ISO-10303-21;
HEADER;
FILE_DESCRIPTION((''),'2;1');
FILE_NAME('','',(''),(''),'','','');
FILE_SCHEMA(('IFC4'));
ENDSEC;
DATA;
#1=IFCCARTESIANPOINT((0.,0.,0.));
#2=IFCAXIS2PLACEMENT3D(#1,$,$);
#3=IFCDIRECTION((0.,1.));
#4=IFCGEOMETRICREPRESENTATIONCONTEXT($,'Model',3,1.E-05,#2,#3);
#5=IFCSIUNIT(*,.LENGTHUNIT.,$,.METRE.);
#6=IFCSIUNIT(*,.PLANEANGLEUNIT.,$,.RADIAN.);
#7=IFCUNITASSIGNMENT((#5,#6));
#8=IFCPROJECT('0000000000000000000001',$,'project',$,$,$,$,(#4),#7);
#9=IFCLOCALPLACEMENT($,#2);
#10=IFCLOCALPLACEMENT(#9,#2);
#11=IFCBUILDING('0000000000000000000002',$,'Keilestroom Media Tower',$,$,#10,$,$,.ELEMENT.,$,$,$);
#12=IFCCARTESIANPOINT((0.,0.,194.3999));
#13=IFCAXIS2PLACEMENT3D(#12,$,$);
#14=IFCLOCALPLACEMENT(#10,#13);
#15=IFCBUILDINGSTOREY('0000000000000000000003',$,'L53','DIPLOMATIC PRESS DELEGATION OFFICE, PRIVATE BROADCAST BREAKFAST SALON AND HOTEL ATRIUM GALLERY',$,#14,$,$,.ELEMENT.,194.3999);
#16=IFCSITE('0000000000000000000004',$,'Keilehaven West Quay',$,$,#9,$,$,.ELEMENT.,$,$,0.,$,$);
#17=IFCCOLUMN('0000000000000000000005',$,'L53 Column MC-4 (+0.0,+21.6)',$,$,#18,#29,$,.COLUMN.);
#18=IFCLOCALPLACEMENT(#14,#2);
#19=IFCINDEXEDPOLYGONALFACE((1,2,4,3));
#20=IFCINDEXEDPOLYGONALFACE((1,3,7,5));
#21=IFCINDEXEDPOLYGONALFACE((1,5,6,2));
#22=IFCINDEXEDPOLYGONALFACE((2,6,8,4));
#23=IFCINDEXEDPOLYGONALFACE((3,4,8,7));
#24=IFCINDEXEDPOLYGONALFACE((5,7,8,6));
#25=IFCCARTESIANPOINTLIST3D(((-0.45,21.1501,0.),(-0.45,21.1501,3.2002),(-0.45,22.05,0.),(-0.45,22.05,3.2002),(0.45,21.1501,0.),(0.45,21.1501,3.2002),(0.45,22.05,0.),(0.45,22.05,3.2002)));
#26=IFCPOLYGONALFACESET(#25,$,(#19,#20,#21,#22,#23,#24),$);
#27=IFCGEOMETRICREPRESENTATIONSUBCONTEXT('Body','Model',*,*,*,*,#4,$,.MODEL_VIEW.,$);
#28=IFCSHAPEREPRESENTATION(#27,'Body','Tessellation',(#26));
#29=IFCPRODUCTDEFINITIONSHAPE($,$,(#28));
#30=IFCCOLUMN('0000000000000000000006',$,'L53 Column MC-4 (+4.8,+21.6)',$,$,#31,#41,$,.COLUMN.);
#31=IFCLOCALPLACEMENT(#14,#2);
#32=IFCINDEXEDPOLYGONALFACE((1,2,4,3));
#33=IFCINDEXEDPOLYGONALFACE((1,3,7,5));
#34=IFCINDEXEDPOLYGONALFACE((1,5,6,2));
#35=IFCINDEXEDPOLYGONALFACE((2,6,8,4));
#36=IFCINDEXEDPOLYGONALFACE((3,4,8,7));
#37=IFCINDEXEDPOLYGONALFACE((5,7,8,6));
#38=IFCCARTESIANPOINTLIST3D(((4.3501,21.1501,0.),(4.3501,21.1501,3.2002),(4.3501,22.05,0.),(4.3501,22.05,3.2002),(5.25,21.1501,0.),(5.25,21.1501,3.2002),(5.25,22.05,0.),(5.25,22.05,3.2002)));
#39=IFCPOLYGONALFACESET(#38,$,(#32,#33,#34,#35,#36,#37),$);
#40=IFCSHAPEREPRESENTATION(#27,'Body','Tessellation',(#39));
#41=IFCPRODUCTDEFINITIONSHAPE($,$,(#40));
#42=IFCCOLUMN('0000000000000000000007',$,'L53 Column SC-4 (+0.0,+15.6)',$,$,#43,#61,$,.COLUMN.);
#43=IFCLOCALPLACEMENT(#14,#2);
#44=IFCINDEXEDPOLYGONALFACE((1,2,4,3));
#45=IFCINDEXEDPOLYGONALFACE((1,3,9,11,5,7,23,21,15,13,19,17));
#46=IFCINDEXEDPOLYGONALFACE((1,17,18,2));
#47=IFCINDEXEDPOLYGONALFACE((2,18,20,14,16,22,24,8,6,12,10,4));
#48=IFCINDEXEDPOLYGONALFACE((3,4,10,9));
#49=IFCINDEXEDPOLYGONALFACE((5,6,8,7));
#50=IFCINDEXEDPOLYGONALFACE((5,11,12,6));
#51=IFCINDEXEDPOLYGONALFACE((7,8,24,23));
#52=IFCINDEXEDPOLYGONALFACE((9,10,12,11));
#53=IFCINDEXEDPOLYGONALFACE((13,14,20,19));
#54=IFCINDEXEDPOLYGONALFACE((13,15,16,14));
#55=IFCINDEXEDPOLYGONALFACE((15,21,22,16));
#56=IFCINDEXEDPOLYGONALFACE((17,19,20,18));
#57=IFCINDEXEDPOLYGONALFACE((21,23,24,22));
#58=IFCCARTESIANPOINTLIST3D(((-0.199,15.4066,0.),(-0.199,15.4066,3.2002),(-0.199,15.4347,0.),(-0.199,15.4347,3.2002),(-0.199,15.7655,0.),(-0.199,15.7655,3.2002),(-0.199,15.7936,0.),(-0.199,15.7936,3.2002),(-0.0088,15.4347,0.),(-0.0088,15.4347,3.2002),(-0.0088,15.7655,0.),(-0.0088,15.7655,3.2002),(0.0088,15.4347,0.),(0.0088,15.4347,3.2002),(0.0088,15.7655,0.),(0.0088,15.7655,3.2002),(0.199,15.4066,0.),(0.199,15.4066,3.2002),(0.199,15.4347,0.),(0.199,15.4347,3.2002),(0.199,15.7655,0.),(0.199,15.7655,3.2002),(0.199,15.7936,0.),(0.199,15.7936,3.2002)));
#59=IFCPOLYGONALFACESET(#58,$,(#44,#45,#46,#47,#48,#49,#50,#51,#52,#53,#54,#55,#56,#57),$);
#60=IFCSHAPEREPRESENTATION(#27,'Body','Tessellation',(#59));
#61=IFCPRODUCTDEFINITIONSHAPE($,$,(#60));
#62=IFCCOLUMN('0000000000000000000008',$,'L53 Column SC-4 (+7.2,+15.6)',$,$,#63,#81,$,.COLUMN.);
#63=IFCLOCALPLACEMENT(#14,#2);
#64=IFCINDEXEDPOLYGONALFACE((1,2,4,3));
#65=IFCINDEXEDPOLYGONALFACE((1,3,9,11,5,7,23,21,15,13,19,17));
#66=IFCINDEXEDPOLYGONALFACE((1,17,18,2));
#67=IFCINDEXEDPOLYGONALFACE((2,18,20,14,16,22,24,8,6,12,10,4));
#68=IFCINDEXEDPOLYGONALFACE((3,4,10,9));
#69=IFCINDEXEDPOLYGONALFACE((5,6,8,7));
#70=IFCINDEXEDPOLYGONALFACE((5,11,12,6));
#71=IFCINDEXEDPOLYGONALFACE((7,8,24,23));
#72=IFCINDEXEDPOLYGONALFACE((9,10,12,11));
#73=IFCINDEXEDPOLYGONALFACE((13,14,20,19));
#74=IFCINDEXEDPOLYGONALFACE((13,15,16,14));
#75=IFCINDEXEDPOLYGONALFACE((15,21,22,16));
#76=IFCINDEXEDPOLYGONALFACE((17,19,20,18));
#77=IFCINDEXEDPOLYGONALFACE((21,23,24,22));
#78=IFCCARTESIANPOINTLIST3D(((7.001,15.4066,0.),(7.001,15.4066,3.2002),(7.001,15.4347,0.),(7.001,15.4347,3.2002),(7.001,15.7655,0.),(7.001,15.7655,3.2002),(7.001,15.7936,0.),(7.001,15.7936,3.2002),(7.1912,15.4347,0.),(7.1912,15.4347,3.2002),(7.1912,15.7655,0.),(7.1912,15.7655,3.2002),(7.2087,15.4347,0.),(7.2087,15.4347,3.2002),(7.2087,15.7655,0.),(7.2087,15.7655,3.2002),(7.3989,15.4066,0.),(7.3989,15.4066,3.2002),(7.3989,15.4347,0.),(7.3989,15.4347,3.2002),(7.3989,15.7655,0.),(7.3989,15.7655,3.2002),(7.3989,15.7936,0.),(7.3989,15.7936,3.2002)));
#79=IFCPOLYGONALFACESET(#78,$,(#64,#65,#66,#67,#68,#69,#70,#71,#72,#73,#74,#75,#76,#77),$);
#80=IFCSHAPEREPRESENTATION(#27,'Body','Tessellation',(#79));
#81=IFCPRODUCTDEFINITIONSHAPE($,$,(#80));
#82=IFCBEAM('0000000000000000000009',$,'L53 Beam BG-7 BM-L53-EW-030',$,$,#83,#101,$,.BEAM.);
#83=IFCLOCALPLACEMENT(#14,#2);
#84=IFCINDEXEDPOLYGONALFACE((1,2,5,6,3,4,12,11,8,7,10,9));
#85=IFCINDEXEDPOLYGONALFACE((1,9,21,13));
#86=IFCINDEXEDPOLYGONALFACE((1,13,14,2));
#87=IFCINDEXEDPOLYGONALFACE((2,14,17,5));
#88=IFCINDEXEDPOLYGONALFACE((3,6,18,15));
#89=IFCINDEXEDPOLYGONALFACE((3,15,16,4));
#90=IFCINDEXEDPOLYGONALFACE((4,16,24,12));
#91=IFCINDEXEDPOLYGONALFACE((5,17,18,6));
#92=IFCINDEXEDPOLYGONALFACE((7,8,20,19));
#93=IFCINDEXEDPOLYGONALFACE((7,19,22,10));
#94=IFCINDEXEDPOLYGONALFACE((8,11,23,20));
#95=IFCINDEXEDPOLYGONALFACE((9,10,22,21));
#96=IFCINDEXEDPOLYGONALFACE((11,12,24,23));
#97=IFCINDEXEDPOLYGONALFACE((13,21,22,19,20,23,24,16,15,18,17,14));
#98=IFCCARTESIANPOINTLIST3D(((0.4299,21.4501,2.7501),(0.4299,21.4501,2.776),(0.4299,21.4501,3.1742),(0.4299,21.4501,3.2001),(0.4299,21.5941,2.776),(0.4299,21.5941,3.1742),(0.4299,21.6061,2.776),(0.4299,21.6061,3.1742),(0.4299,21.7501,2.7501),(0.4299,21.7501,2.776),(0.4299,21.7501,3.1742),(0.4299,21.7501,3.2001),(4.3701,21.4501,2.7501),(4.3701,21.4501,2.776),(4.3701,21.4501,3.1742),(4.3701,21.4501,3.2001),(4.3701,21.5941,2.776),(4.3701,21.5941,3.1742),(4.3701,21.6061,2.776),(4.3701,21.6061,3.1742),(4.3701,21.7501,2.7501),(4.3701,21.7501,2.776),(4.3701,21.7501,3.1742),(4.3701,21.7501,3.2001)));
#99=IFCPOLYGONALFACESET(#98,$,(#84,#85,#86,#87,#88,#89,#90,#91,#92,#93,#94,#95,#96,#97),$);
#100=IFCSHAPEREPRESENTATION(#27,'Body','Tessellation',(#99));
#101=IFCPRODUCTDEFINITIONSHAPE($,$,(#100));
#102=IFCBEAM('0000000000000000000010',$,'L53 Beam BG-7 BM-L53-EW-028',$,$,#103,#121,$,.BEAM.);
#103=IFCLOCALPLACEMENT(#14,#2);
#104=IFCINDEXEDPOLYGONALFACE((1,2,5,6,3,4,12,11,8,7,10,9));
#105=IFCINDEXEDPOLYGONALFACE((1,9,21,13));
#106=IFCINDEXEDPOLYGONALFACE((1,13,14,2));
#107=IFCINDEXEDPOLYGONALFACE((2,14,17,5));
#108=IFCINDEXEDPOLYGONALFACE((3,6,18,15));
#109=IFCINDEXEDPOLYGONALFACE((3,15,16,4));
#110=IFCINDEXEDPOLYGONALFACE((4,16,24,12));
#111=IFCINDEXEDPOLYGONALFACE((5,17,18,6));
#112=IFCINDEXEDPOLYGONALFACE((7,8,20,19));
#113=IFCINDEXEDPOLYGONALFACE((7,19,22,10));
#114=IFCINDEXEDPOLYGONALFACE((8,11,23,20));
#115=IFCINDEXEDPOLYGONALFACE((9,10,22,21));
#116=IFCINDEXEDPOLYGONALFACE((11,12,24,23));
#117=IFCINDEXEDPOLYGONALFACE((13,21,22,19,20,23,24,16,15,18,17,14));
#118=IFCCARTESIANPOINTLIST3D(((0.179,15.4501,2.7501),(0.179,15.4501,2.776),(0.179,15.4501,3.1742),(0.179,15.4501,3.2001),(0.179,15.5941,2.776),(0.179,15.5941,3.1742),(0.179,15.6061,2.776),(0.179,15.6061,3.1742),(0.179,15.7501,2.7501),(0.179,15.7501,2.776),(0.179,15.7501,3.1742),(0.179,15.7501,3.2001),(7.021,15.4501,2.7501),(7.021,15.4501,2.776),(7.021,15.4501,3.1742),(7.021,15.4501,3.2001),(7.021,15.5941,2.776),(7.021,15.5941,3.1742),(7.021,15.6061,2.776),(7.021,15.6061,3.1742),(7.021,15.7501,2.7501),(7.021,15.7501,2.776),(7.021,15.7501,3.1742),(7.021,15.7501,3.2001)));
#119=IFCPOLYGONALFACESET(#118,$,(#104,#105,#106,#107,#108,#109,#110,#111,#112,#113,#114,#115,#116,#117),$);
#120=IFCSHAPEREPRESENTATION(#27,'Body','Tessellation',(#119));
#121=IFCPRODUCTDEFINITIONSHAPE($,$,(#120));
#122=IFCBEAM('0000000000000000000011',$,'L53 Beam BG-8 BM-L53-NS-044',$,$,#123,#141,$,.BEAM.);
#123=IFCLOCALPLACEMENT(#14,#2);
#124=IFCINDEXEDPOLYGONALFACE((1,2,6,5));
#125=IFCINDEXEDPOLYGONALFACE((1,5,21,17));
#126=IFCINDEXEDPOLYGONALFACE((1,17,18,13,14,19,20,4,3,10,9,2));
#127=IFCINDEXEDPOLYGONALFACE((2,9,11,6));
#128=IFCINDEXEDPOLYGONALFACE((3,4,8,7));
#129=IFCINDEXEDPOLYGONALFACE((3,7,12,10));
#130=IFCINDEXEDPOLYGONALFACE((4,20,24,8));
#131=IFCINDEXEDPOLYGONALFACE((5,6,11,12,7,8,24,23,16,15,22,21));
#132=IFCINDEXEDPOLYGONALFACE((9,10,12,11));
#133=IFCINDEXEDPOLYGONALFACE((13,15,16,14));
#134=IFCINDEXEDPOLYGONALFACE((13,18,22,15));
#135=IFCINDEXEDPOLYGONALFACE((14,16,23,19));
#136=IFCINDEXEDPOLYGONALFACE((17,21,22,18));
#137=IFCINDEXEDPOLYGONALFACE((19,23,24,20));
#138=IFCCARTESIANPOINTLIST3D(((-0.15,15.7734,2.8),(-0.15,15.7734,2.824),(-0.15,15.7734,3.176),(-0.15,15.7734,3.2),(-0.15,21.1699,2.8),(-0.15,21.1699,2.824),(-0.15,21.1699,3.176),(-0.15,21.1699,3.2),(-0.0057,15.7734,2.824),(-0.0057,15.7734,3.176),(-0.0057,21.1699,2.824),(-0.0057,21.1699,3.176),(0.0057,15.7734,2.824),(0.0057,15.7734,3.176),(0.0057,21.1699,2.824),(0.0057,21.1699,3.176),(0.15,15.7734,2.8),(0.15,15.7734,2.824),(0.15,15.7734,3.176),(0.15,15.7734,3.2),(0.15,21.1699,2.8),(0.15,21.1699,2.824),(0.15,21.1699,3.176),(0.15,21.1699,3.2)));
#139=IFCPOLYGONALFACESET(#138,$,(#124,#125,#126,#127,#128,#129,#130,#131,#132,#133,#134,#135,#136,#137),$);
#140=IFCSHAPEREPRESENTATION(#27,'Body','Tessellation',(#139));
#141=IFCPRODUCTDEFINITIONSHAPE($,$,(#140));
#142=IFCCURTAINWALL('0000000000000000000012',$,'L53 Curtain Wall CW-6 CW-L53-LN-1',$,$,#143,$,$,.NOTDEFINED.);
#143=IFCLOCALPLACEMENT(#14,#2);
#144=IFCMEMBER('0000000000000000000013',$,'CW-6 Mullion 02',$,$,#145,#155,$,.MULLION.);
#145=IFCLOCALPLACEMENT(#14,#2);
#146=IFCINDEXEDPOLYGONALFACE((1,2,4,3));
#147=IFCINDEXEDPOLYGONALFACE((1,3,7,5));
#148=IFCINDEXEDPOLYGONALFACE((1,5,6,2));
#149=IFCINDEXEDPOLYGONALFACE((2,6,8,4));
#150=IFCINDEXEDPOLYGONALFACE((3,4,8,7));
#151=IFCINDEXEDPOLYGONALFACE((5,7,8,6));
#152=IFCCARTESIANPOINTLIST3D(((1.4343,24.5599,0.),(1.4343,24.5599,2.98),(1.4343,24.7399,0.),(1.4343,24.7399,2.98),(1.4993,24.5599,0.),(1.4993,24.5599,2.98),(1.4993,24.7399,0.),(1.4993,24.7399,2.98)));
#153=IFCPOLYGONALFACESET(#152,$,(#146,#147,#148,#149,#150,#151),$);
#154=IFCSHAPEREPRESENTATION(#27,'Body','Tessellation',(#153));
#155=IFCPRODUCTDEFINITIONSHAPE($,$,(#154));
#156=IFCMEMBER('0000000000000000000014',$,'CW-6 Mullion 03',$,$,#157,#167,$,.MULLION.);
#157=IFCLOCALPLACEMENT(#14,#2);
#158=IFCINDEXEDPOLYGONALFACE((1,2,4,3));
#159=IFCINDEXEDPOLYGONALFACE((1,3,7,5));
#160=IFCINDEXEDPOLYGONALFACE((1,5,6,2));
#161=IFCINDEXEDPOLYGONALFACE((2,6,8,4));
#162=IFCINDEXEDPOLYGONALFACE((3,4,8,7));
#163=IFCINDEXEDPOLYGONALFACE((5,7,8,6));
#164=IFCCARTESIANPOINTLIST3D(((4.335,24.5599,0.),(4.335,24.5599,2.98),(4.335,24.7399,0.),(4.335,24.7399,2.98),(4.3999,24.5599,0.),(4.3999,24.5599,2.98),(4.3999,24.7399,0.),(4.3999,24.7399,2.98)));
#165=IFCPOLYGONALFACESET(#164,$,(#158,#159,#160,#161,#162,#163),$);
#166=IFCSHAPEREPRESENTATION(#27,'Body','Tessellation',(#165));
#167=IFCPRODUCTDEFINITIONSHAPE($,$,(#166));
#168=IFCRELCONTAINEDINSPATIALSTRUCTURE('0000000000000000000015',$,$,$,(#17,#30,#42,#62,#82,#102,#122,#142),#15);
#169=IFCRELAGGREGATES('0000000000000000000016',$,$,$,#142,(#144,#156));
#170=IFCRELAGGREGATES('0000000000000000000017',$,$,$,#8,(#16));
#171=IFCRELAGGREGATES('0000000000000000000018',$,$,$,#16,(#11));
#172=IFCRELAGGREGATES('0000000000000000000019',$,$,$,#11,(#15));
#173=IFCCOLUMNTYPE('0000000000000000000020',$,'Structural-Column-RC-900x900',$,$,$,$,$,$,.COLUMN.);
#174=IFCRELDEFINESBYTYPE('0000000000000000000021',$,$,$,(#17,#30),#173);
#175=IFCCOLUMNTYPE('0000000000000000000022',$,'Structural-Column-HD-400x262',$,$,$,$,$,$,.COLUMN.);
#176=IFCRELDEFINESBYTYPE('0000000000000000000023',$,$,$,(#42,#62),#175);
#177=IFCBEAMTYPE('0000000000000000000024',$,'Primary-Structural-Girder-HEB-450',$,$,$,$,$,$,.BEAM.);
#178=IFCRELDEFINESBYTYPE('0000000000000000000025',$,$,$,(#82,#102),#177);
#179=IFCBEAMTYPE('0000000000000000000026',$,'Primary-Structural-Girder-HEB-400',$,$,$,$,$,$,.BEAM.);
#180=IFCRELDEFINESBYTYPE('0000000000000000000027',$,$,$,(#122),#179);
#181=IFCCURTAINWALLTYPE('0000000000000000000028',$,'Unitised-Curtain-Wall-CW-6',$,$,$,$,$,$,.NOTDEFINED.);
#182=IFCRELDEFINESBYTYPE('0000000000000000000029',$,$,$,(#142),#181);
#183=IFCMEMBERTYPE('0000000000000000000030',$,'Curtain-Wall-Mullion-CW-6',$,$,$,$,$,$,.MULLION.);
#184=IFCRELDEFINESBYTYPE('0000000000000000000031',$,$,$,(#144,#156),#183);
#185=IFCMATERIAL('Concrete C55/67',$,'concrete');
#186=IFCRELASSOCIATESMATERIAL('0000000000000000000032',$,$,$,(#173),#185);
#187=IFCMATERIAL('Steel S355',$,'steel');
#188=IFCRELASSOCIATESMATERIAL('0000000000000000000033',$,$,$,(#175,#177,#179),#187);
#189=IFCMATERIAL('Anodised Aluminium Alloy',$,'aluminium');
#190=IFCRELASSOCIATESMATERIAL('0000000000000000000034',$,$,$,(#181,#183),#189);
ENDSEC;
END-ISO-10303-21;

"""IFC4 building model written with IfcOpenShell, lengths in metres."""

from ifc_helpers import new_model, si_unit, direction, frame, origin, origin_2d, place, context, subcontext, project, spatial, rectangle, i_section, extrude, source, transform, mapped, material, material_profile, profile_set, type_object, element, aggregate, save


model = new_model("IFC4")

# Units and contexts
model_context = context("Model", 3, precision=1e-05, world=origin(), true_north=direction((0.0, 1.0)))
body_context = subcontext(model_context, "Body", "Model", "MODEL_VIEW")
ifc_project = project(units=[si_unit("LENGTHUNIT", "METRE"), si_unit("PLANEANGLEUNIT", "RADIAN")], contexts=[model_context])

# Site, building, storey
site_placement = place(None, origin())
site = spatial("IfcSite", under=ifc_project, at=site_placement, Name="Keilehaven West Quay", CompositionType="ELEMENT", RefElevation=0.0)
building_placement = place(site_placement, origin())
building = spatial("IfcBuilding", under=site, at=building_placement, Name="Keilestroom Media Tower", CompositionType="ELEMENT")
storey_placement = place(building_placement, frame((0.0, 0.0, 194.3999)))
storey = spatial("IfcBuildingStorey", under=building, at=storey_placement, Name="L53", Description="DIPLOMATIC PRESS DELEGATION OFFICE, PRIVATE BROADCAST BREAKFAST SALON AND HOTEL ATRIUM GALLERY", CompositionType="ELEMENT", Elevation=194.3999)

# Columns
ifc_material_1 = material(Name="Concrete C55/67", Category="concrete")
ifc_material_profile_1 = material_profile(ifc_material_1, rectangle(XDim=0.8999, YDim=0.8999, at=origin_2d()), Name="RC 900x900")
ifc_profile_set_1 = profile_set([ifc_material_profile_1], Name="Concrete C55/67")
column_type_1 = type_object("IfcColumnType", Name="Structural-Column-RC-900x900", PredefinedType="COLUMN", material=ifc_profile_set_1)
shared_shape_1 = source(origin(), body_context, "Body", "SweptSolid", [
    extrude(rectangle(XDim=0.8999, YDim=0.8999, at=origin_2d()), origin(), (0.0, 0.0, 1.0), 3.2002),
])
for number, where, z_axis, x_axis, name in (
    (1, (0.0, 21.6001, 0.0), (0.0, 0.0, 1.0), (1.0, 0.0, 0.0), "L53 Column MC-4 (+0.0,+21.6)"),
    (2, (4.8, 21.6001, 0.0), (0.0, 0.0, 1.0), (1.0, 0.0, 0.0), "L53 Column MC-4 (+4.8,+21.6)"),
):
    element("IfcColumn", number, at=place(storey_placement, frame(where, z_axis=z_axis, x_axis=x_axis)), inside=storey, type_object=column_type_1, Name=name, PredefinedType="COLUMN", context=body_context, shape_type="MappedRepresentation", body=[
        mapped(shared_shape_1, transform((0.0, 0.0, 0.0), x_axis=(1.0, 0.0, 0.0), y_axis=(0.0, 1.0, 0.0), z_axis=(0.0, 0.0, 1.0), scale=1.0)),
    ])
ifc_material_2 = material(Name="Steel S355", Category="steel")
ifc_material_profile_2 = material_profile(ifc_material_2, i_section(OverallWidth=0.3979, OverallDepth=0.387, WebThickness=0.0176, FlangeThickness=0.0281, at=origin_2d()), Name="HD 400x262")
ifc_profile_set_2 = profile_set([ifc_material_profile_2], Name="Steel S355")
column_type_2 = type_object("IfcColumnType", Name="Structural-Column-HD-400x262", PredefinedType="COLUMN", material=ifc_profile_set_2)
shared_shape_2 = source(origin(), body_context, "Body", "SweptSolid", [
    extrude(i_section(OverallWidth=0.3979, OverallDepth=0.387, WebThickness=0.0176, FlangeThickness=0.0281, at=origin_2d()), origin(), (0.0, 0.0, 1.0), 3.2002),
])
for number, where, z_axis, x_axis, name in (
    (3, (0.0, 15.6001, 0.0), (0.0, 0.0, 1.0), (1.0, 0.0, 0.0), "L53 Column SC-4 (+0.0,+15.6)"),
    (4, (7.2, 15.6001, 0.0), (0.0, 0.0, 1.0), (1.0, 0.0, 0.0), "L53 Column SC-4 (+7.2,+15.6)"),
):
    element("IfcColumn", number, at=place(storey_placement, frame(where, z_axis=z_axis, x_axis=x_axis)), inside=storey, type_object=column_type_2, Name=name, PredefinedType="COLUMN", context=body_context, shape_type="MappedRepresentation", body=[
        mapped(shared_shape_2, transform((0.0, 0.0, 0.0), x_axis=(1.0, 0.0, 0.0), y_axis=(0.0, 1.0, 0.0), z_axis=(0.0, 0.0, 1.0), scale=1.0)),
    ])

# Beams
ifc_material_profile_3 = material_profile(ifc_material_2, i_section(OverallWidth=0.3, OverallDepth=0.45, WebThickness=0.012, FlangeThickness=0.0259, at=origin_2d()), Name="HEB 450")
ifc_profile_set_3 = profile_set([ifc_material_profile_3], Name="Steel S355")
beam_type_1 = type_object("IfcBeamType", Name="Primary-Structural-Girder-HEB-450", PredefinedType="BEAM", material=ifc_profile_set_3)
shared_shape_3 = source(origin(), body_context, "Body", "SweptSolid", [
    extrude(i_section(OverallWidth=0.3, OverallDepth=0.45, WebThickness=0.012, FlangeThickness=0.0259, at=origin_2d()), origin(), (0.0, 0.0, 1.0), 3.9402),
])
beam_1_placement = place(storey_placement, frame((0.4299, 21.6001, 2.9751), z_axis=(1.0, 0.0, 0.0), x_axis=(0.0, 1.0, 0.0)))
element("IfcBeam", 5, at=beam_1_placement, inside=storey, type_object=beam_type_1, Name="L53 Beam BG-7 BM-L53-EW-030", PredefinedType="BEAM", context=body_context, shape_type="MappedRepresentation", body=[
    mapped(shared_shape_3, transform((0.0, 0.0, 0.0), x_axis=(1.0, 0.0, 0.0), y_axis=(0.0, 1.0, 0.0), z_axis=(0.0, 0.0, 1.0), scale=1.0)),
])
shared_shape_4 = source(origin(), body_context, "Body", "SweptSolid", [
    extrude(i_section(OverallWidth=0.3, OverallDepth=0.45, WebThickness=0.012, FlangeThickness=0.0259, at=origin_2d()), origin(), (0.0, 0.0, 1.0), 6.842),
])
beam_2_placement = place(storey_placement, frame((0.179, 15.6001, 2.9751), z_axis=(1.0, 0.0, 0.0), x_axis=(0.0, 1.0, 0.0)))
element("IfcBeam", 6, at=beam_2_placement, inside=storey, type_object=beam_type_1, Name="L53 Beam BG-7 BM-L53-EW-028", PredefinedType="BEAM", context=body_context, shape_type="MappedRepresentation", body=[
    mapped(shared_shape_4, transform((0.0, 0.0, 0.0), x_axis=(1.0, 0.0, 0.0), y_axis=(0.0, 1.0, 0.0), z_axis=(0.0, 0.0, 1.0), scale=1.0)),
])
ifc_material_profile_4 = material_profile(ifc_material_2, i_section(OverallWidth=0.3, OverallDepth=0.3999, WebThickness=0.0115, FlangeThickness=0.0239, at=origin_2d()), Name="HEB 400")
ifc_profile_set_4 = profile_set([ifc_material_profile_4], Name="Steel S355")
beam_type_2 = type_object("IfcBeamType", Name="Primary-Structural-Girder-HEB-400", PredefinedType="BEAM", material=ifc_profile_set_4)
shared_shape_5 = source(origin(), body_context, "Body", "SweptSolid", [
    extrude(i_section(OverallWidth=0.3, OverallDepth=0.3999, WebThickness=0.0115, FlangeThickness=0.0239, at=origin_2d()), origin(), (0.0, 0.0, 1.0), 5.3965),
])
beam_3_placement = place(storey_placement, frame((0.0, 15.7734, 3.0), z_axis=(0.0, 1.0, 0.0), x_axis=(-1.0, 0.0, 0.0)))
element("IfcBeam", 7, at=beam_3_placement, inside=storey, type_object=beam_type_2, Name="L53 Beam BG-8 BM-L53-NS-044", PredefinedType="BEAM", context=body_context, shape_type="MappedRepresentation", body=[
    mapped(shared_shape_5, transform((0.0, 0.0, 0.0), x_axis=(1.0, 0.0, 0.0), y_axis=(0.0, 1.0, 0.0), z_axis=(0.0, 0.0, 1.0), scale=1.0)),
])

# Curtain wall, members
ifc_material_3 = material(Name="Anodised Aluminium Alloy", Category="aluminium")
curtain_wall_type = type_object("IfcCurtainWallType", Name="Unitised-Curtain-Wall-CW-6", PredefinedType="NOTDEFINED", material=ifc_material_3)
curtain_wall_placement = place(storey_placement, origin())
curtain_wall = element("IfcCurtainWall", 8, at=curtain_wall_placement, inside=storey, type_object=curtain_wall_type, Name="L53 Curtain Wall CW-6 CW-L53-LN-1", PredefinedType="NOTDEFINED")
ifc_material_profile_5 = material_profile(ifc_material_3, rectangle(XDim=0.0649, YDim=0.1799, at=origin_2d()), Name="ALU MULLION 65x180")
ifc_profile_set_5 = profile_set([ifc_material_profile_5], Name="Anodised Aluminium Alloy")
member_type_1 = type_object("IfcMemberType", Name="Curtain-Wall-Mullion-CW-6", PredefinedType="MULLION", material=ifc_profile_set_5)
shared_shape_6 = source(origin(), body_context, "Body", "SweptSolid", [
    extrude(rectangle(XDim=0.0649, YDim=0.1799, at=origin_2d()), origin(), (0.0, 0.0, 1.0), 2.98),
])
member_1_placement = place(storey_placement, frame((1.4668, 24.6499, 0.0), z_axis=(0.0, 0.0, 1.0), x_axis=(1.0, 0.0, 0.0)))
member_1 = element("IfcMember", 9, at=member_1_placement, type_object=member_type_1, Name="CW-6 Mullion 02", PredefinedType="MULLION", context=body_context, shape_type="MappedRepresentation", body=[
    mapped(shared_shape_6, transform((0.0, 0.0, 0.0), x_axis=(1.0, 0.0, 0.0), y_axis=(0.0, 1.0, 0.0), z_axis=(0.0, 0.0, 1.0), scale=1.0)),
])
member_2_placement = place(storey_placement, frame((4.3674, 24.6499, 0.0), z_axis=(0.0, 0.0, 1.0), x_axis=(1.0, 0.0, 0.0)))
member_2 = element("IfcMember", 10, at=member_2_placement, type_object=member_type_1, Name="CW-6 Mullion 03", PredefinedType="MULLION", context=body_context, shape_type="MappedRepresentation", body=[
    mapped(shared_shape_6, transform((0.0, 0.0, 0.0), x_axis=(1.0, 0.0, 0.0), y_axis=(0.0, 1.0, 0.0), z_axis=(0.0, 0.0, 1.0), scale=1.0)),
])
aggregate(curtain_wall, [member_1, member_2])

save(model, "model.ifc")
